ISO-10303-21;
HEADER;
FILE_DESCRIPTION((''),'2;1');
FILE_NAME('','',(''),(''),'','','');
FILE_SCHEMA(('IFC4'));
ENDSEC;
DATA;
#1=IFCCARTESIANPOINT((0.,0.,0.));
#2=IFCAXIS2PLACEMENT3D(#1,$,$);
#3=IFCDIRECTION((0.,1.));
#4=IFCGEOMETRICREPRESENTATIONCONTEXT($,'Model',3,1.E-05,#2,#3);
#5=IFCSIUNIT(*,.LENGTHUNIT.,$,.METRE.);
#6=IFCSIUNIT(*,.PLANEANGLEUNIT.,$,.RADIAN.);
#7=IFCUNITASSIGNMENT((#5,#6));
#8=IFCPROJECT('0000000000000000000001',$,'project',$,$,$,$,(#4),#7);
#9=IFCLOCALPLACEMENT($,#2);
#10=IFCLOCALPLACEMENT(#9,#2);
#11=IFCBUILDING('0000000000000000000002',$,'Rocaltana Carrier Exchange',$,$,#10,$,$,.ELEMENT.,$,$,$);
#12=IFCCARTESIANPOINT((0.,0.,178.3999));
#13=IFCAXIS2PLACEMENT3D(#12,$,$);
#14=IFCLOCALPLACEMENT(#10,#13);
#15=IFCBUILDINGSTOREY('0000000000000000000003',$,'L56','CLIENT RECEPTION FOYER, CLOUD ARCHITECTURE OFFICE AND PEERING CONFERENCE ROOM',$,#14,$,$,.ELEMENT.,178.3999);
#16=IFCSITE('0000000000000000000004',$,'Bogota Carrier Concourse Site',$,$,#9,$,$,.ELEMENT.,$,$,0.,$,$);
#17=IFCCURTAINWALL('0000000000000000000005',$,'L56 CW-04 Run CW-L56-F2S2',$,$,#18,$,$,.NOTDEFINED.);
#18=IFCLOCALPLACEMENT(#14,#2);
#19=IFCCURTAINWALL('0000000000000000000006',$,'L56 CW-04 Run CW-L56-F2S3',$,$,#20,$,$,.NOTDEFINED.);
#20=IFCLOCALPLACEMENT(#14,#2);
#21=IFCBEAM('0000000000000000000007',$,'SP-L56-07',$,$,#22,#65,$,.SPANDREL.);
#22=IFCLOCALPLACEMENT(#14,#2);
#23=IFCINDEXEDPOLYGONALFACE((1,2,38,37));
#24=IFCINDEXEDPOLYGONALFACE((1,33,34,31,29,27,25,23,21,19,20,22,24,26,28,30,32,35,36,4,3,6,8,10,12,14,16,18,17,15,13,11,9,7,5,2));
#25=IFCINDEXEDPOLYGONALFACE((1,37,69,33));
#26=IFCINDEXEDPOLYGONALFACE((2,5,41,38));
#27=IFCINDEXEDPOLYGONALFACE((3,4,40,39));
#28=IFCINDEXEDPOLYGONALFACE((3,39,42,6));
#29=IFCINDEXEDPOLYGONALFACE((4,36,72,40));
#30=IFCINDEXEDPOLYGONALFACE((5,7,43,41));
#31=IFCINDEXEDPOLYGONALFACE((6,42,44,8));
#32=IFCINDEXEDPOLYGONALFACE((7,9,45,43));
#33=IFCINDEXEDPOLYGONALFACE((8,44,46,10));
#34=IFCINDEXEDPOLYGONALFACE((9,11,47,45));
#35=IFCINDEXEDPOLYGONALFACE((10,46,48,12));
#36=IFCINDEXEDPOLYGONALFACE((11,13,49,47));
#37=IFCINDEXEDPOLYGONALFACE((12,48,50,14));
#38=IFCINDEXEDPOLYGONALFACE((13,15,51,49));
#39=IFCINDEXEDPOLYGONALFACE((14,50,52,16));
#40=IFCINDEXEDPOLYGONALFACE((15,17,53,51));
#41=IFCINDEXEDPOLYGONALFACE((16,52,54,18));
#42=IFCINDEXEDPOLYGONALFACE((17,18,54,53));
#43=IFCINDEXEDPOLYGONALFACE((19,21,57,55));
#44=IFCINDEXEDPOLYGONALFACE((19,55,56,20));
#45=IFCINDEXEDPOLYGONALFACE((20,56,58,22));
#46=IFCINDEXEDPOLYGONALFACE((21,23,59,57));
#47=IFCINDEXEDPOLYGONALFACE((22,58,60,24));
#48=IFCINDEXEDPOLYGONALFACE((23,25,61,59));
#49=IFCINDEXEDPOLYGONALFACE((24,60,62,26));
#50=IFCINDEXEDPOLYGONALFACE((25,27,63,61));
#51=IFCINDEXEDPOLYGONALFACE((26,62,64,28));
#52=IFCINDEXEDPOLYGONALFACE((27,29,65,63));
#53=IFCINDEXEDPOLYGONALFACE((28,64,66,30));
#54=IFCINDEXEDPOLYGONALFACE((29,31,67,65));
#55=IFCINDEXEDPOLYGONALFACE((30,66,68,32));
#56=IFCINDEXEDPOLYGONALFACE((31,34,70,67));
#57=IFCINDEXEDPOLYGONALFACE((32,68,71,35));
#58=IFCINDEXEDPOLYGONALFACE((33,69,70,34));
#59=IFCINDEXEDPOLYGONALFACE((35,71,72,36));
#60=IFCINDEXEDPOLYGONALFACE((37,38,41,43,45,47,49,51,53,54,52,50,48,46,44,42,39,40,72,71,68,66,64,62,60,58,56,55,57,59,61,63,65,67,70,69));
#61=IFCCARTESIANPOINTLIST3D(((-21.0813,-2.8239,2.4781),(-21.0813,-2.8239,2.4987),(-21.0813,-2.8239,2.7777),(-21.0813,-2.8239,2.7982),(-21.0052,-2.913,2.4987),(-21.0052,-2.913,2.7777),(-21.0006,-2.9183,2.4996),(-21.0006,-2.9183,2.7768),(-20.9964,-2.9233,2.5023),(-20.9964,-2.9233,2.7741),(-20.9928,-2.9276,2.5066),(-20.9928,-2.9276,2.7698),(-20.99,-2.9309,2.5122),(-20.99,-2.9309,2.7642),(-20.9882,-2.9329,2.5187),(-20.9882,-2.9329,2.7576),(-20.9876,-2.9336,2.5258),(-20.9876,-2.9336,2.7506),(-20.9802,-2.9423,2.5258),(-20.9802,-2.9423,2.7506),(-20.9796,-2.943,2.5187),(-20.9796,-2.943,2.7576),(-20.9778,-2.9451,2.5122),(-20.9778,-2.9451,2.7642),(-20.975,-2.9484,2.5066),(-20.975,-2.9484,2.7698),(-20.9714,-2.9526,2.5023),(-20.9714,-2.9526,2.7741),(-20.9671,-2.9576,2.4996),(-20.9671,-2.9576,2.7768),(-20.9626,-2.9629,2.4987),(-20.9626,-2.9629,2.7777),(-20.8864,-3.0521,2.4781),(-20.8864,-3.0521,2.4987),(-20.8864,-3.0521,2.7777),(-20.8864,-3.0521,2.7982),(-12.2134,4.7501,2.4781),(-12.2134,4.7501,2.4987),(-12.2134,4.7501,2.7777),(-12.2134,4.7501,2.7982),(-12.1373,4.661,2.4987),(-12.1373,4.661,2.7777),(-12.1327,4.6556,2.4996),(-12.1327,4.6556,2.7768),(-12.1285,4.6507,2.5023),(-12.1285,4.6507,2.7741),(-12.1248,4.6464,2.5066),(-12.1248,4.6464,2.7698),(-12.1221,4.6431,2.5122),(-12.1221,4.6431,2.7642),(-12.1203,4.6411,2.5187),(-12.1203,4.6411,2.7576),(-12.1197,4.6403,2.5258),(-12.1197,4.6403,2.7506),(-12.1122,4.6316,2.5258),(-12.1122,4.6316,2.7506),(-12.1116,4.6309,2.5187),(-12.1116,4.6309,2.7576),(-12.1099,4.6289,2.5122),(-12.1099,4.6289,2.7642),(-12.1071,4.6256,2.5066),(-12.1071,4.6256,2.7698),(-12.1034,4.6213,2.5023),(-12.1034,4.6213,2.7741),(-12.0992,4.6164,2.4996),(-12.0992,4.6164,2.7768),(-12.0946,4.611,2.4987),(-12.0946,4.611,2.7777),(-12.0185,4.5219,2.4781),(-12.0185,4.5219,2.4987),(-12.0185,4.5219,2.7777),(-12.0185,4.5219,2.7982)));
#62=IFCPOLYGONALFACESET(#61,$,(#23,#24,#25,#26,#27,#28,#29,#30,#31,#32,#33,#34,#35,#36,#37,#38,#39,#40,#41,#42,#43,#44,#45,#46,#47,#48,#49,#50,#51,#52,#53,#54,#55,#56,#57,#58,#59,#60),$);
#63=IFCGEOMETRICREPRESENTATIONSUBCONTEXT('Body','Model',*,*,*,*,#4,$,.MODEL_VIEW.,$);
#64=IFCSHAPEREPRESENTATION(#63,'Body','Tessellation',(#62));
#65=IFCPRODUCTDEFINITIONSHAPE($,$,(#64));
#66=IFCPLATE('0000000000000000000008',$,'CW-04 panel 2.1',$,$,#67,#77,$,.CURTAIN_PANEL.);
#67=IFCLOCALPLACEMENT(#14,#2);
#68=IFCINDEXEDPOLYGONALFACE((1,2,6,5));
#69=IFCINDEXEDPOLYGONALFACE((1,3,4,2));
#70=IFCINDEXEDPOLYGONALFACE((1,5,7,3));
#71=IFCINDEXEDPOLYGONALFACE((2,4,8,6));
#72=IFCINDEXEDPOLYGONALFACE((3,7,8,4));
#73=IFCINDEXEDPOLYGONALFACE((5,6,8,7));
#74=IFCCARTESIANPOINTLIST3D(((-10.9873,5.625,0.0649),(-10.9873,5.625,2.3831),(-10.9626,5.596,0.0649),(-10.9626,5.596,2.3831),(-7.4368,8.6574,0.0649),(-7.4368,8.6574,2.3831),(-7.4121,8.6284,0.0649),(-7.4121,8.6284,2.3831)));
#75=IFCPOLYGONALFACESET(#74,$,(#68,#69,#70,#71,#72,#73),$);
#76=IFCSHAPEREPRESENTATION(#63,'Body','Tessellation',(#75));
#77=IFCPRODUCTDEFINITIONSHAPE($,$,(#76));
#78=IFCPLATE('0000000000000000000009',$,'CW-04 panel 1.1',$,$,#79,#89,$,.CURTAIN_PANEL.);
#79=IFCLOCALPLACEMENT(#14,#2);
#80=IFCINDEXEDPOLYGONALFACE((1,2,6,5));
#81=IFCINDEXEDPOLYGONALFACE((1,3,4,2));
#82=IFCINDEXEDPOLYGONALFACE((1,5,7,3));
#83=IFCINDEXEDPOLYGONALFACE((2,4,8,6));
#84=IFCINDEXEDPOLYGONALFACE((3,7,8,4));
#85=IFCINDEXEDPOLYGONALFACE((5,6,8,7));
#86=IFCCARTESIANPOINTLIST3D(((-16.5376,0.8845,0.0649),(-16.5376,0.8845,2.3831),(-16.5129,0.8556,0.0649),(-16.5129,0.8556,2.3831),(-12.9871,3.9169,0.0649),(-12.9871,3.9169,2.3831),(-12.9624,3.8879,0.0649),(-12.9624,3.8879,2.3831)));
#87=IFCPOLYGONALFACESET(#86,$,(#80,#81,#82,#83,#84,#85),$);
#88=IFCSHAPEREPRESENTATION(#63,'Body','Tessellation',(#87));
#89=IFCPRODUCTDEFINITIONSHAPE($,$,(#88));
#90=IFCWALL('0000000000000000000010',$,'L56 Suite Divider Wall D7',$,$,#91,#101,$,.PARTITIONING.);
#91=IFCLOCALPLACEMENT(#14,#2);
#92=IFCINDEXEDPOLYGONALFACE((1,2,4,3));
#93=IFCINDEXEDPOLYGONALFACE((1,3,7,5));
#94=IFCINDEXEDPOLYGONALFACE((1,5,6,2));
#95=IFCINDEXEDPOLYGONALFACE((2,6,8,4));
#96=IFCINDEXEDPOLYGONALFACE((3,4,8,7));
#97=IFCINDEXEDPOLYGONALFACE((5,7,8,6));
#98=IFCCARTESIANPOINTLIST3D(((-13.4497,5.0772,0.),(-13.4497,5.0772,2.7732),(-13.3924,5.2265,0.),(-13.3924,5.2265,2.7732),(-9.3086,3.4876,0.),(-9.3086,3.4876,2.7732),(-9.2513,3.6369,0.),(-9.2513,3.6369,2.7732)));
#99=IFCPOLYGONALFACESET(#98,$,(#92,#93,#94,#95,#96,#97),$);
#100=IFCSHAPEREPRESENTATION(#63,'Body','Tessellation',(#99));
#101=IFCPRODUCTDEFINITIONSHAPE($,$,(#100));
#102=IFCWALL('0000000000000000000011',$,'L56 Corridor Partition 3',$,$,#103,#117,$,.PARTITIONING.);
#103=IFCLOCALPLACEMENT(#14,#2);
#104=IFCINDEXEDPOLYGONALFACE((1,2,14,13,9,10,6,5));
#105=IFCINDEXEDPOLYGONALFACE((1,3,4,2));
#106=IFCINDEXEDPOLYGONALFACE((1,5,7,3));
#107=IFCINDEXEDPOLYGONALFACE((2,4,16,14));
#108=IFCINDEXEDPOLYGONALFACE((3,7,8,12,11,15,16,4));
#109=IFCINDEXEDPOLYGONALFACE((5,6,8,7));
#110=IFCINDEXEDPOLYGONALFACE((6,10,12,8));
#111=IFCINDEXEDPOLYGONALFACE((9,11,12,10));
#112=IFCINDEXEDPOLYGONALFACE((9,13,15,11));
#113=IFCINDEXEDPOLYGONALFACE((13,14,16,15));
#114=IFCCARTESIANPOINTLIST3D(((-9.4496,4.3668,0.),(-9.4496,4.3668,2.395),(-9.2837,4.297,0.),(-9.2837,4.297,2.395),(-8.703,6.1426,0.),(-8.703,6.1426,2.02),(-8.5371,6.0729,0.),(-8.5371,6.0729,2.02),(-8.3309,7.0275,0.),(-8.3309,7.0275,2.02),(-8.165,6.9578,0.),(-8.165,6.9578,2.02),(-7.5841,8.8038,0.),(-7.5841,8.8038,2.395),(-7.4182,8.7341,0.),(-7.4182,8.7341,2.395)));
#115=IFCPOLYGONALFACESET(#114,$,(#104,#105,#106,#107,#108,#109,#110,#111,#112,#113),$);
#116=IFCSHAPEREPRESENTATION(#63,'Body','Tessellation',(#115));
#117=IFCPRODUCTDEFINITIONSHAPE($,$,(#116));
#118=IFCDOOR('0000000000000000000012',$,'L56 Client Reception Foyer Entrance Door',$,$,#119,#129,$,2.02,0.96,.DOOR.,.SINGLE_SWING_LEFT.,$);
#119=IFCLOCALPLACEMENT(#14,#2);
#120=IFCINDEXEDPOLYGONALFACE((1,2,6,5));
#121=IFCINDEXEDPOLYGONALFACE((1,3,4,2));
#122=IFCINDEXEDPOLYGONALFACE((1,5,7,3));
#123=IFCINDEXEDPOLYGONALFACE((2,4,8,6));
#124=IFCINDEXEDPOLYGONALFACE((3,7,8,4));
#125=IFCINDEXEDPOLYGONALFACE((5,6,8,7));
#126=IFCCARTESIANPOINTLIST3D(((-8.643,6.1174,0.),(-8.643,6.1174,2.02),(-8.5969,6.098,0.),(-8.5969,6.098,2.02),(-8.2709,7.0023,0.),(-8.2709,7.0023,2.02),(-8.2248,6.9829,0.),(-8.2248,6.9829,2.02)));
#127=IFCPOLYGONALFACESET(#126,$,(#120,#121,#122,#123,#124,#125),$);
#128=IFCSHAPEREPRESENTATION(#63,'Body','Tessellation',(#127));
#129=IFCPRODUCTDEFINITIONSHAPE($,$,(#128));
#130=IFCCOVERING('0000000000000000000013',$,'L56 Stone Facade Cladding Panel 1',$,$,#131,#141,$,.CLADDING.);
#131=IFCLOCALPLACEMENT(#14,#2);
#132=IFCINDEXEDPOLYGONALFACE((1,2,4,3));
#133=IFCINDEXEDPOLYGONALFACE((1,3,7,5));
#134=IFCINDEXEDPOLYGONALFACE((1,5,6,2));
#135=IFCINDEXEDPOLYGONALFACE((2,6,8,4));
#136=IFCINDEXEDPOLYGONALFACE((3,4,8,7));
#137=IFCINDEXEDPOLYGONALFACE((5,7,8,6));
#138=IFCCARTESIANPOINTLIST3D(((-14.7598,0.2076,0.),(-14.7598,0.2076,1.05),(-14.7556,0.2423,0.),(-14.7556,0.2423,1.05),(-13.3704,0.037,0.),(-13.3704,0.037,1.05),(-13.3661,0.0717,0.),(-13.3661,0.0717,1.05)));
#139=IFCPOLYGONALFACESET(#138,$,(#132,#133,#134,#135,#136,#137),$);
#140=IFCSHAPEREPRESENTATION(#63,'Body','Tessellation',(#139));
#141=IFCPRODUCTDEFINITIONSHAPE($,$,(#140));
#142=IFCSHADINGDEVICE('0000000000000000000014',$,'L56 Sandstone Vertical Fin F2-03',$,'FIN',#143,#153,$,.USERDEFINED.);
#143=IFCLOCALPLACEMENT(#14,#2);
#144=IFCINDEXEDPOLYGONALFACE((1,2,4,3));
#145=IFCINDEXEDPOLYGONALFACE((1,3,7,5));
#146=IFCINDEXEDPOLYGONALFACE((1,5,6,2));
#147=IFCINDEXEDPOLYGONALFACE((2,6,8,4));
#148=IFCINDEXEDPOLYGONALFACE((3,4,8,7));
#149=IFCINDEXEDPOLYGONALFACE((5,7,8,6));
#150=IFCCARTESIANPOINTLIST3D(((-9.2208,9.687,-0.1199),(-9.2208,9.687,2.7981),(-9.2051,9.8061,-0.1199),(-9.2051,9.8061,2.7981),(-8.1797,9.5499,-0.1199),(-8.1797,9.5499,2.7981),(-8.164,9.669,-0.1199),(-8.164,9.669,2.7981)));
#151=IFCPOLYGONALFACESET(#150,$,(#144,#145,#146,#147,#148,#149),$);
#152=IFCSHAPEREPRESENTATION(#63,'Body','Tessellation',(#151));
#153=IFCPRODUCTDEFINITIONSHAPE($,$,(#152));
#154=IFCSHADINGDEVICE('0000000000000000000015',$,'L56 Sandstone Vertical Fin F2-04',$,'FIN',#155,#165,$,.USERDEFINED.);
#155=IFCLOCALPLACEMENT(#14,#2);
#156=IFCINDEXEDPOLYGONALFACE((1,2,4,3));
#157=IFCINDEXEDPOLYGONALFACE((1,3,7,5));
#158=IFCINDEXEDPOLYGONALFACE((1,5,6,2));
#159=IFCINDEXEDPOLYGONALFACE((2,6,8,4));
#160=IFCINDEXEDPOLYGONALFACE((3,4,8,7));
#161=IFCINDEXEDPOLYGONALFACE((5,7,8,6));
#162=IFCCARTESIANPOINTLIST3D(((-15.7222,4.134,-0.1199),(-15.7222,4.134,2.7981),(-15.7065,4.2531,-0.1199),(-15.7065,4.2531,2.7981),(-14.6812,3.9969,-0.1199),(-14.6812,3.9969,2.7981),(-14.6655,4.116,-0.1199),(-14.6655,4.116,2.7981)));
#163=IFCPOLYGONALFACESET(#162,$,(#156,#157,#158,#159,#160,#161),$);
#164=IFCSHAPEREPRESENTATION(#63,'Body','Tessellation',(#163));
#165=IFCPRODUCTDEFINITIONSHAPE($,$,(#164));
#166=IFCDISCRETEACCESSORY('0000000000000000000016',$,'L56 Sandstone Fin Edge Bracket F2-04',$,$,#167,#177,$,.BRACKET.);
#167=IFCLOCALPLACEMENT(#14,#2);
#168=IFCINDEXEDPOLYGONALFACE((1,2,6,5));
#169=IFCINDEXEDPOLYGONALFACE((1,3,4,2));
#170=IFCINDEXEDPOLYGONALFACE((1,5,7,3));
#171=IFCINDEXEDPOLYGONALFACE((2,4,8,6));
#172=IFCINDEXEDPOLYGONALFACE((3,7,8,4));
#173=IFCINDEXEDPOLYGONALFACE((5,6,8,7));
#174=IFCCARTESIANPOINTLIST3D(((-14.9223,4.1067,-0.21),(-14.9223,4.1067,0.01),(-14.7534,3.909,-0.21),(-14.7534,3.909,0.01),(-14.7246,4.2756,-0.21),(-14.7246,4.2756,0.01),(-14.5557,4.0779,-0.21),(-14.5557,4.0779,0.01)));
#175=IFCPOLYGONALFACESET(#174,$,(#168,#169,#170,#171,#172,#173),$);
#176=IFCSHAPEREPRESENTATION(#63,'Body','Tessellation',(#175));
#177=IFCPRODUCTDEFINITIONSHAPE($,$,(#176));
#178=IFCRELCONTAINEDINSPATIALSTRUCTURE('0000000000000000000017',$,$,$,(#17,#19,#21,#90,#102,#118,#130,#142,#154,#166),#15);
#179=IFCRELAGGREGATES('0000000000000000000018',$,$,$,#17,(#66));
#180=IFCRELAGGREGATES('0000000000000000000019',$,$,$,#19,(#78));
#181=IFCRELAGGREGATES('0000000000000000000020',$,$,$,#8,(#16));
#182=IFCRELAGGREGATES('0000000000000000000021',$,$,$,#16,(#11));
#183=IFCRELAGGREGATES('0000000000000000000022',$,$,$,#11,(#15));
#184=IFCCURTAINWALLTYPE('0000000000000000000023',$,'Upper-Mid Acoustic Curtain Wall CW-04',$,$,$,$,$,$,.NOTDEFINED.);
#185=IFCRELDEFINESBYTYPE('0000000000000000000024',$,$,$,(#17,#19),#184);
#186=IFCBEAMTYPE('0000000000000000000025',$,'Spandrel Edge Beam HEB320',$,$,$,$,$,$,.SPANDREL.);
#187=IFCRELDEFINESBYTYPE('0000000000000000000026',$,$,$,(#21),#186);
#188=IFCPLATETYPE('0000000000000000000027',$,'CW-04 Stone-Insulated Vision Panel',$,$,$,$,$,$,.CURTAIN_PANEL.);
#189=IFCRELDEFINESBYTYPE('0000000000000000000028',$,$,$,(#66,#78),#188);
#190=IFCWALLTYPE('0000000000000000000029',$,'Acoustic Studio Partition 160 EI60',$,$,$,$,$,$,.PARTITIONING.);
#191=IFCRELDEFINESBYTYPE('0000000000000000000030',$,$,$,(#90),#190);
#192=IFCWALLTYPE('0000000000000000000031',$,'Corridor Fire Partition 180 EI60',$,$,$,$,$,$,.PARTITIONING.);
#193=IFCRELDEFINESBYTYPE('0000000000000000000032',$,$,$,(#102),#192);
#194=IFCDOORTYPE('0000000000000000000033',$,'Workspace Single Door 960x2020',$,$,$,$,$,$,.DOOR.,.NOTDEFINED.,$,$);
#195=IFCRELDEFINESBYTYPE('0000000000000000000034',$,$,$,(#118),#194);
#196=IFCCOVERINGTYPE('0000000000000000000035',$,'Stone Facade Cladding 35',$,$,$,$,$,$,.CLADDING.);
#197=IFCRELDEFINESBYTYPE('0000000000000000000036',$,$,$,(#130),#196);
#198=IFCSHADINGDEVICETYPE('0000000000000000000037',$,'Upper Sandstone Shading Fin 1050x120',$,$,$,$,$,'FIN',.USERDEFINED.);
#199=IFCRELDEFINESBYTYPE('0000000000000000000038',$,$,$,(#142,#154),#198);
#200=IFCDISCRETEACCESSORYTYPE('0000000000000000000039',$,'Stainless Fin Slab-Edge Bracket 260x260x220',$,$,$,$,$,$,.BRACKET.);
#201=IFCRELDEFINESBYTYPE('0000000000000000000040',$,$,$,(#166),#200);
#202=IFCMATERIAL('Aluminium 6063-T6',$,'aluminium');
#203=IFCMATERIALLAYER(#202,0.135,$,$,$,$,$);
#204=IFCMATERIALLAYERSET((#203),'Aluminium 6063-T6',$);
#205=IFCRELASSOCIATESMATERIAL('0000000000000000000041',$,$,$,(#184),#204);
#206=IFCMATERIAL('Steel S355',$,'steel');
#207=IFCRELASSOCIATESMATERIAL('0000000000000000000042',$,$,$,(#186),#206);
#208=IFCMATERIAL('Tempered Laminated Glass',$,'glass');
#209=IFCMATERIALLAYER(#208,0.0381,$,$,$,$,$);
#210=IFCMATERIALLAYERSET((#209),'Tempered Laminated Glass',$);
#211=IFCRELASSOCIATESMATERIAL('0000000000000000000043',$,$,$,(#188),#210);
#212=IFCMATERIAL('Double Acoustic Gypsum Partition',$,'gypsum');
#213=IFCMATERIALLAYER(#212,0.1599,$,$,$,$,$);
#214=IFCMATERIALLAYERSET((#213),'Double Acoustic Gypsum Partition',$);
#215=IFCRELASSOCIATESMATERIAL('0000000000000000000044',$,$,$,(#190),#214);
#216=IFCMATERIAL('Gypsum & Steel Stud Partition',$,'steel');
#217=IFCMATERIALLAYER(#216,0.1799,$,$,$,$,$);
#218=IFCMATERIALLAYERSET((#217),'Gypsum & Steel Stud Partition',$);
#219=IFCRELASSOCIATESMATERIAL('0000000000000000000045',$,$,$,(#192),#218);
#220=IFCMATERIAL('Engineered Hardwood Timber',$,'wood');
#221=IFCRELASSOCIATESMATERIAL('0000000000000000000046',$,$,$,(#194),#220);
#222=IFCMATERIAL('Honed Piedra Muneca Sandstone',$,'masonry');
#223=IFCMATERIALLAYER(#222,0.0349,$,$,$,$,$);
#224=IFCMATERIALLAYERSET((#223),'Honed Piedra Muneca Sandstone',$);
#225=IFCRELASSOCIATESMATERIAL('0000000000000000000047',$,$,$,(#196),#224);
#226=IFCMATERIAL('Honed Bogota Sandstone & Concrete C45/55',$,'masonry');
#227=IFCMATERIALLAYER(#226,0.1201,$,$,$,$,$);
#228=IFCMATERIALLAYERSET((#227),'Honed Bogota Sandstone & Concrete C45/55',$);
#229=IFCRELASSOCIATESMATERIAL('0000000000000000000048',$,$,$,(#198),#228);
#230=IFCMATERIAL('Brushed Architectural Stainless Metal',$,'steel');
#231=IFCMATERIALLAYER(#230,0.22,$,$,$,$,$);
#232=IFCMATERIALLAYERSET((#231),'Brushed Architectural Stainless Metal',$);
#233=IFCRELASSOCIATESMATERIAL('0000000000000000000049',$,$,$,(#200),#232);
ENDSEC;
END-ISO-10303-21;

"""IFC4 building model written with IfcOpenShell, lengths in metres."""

from ifc_helpers import new_model, si_unit, direction, frame, frame_2d, origin, origin_2d, place, context, subcontext, project, spatial, rectangle, i_section, extrude, material, layer, layer_set, material_profile, profile_set, type_object, element, fill, aggregate, save


model = new_model("IFC4")

# Units and contexts
model_context = context("Model", 3, precision=1e-05, world=origin(), true_north=direction((0.0, 1.0)))
body_context = subcontext(model_context, "Body", "Model", "MODEL_VIEW")
ifc_project = project(units=[si_unit("LENGTHUNIT", "METRE"), si_unit("PLANEANGLEUNIT", "RADIAN")], contexts=[model_context])

# Site, building, storey
site_placement = place(None, origin())
site = spatial("IfcSite", under=ifc_project, at=site_placement, Name="Bogota Carrier Concourse Site", CompositionType="ELEMENT", RefElevation=0.0)
building_placement = place(site_placement, origin())
building = spatial("IfcBuilding", under=site, at=building_placement, Name="Rocaltana Carrier Exchange", CompositionType="ELEMENT")
storey_placement = place(building_placement, frame((0.0, 0.0, 178.3999)))
storey = spatial("IfcBuildingStorey", under=building, at=storey_placement, Name="L56", Description="CLIENT RECEPTION FOYER, CLOUD ARCHITECTURE OFFICE AND PEERING CONFERENCE ROOM", CompositionType="ELEMENT", Elevation=178.3999)

# Curtain wall
ifc_material_1 = material(Name="Aluminium 6063-T6", Category="aluminium")
ifc_layer_1 = layer(ifc_material_1, 0.135)
ifc_layer_set_1 = layer_set([ifc_layer_1], Name="Aluminium 6063-T6")
curtain_wall_type = type_object("IfcCurtainWallType", Name="Upper-Mid Acoustic Curtain Wall CW-04", PredefinedType="NOTDEFINED", material=ifc_layer_set_1)
curtain_wall_1_placement = place(storey_placement, origin())
curtain_wall_1 = element("IfcCurtainWall", 1, at=curtain_wall_1_placement, inside=storey, type_object=curtain_wall_type, Name="L56 CW-04 Run CW-L56-F2S2", PredefinedType="NOTDEFINED")

# Curtain wall
curtain_wall_2_placement = place(storey_placement, origin())
curtain_wall_2 = element("IfcCurtainWall", 2, at=curtain_wall_2_placement, inside=storey, type_object=curtain_wall_type, Name="L56 CW-04 Run CW-L56-F2S3", PredefinedType="NOTDEFINED")

# Beam
ifc_material_2 = material(Name="Steel S355", Category="steel")
ifc_material_profile_1 = material_profile(ifc_material_2, i_section(OverallWidth=0.3, OverallDepth=0.3201, WebThickness=0.0115, FlangeThickness=0.0205, FilletRadius=0.0271, at=origin_2d()), Name="HEB320")
ifc_profile_set_1 = profile_set([ifc_material_profile_1], Name="Steel S355")
beam_type_1 = type_object("IfcBeamType", Name="Spandrel Edge Beam HEB320", PredefinedType="SPANDREL", material=ifc_profile_set_1)
beam_1_placement = place(storey_placement, frame((-12.116, 4.636, 2.6382), z_axis=(-0.760404, -0.649451, 0.0), x_axis=(0.649451, -0.760404, 0.0)))
element("IfcBeam", 3, at=beam_1_placement, inside=storey, type_object=beam_type_1, Name="SP-L56-07", PredefinedType="SPANDREL", context=body_context, shape_type="SweptSolid", body=[
    extrude(i_section(OverallWidth=0.3, OverallDepth=0.3201, WebThickness=0.0115, FlangeThickness=0.0205, FilletRadius=0.0271, at=origin_2d()), origin(), (0.0, 0.0, 1.0), 11.6621),
])

# Plates
ifc_material_3 = material(Name="Tempered Laminated Glass", Category="glass")
ifc_layer_2 = layer(ifc_material_3, 0.0381)
ifc_layer_set_2 = layer_set([ifc_layer_2], Name="Tempered Laminated Glass")
plate_type = type_object("IfcPlateType", Name="CW-04 Stone-Insulated Vision Panel", PredefinedType="CURTAIN_PANEL", material=ifc_layer_set_2)
plate_1_placement = place(storey_placement, frame((-9.1997, 7.1267, 0.0649), z_axis=(0.0, 0.0, 1.0), x_axis=(-0.760401, -0.649454, 0.0)))
plate_1 = element("IfcPlate", 4, at=plate_1_placement, type_object=plate_type, Name="CW-04 panel 2.1", PredefinedType="CURTAIN_PANEL", context=body_context, shape_type="SweptSolid", body=[
    extrude(rectangle(XDim=4.6692, YDim=0.0381, at=origin_2d()), origin(), (0.0, 0.0, 1.0), 2.3181),
])
aggregate(curtain_wall_1, [plate_1])
plate_2_placement = place(storey_placement, frame((-14.75, 2.3862, 0.0649), z_axis=(0.0, 0.0, 1.0), x_axis=(-0.760406, -0.649448, 0.0)))
plate_2 = element("IfcPlate", 5, at=plate_2_placement, type_object=plate_type, Name="CW-04 panel 1.1", PredefinedType="CURTAIN_PANEL", context=body_context, shape_type="SweptSolid", body=[
    extrude(rectangle(XDim=4.6692, YDim=0.0381, at=origin_2d()), origin(), (0.0, 0.0, 1.0), 2.3181),
])
aggregate(curtain_wall_2, [plate_2])

# Wall
ifc_material_4 = material(Name="Double Acoustic Gypsum Partition", Category="gypsum")
ifc_layer_3 = layer(ifc_material_4, 0.1599)
ifc_layer_set_3 = layer_set([ifc_layer_3], Name="Double Acoustic Gypsum Partition")
wall_type_1 = type_object("IfcWallType", Name="Acoustic Studio Partition 160 EI60", PredefinedType="PARTITIONING", material=ifc_layer_set_3)
wall_1_placement = place(storey_placement, frame((-9.28, 3.5623, 0.0), z_axis=(0.0, 0.0, 1.0), x_axis=(-0.933582, 0.358363, 0.0)))
element("IfcWall", 6, at=wall_1_placement, inside=storey, type_object=wall_type_1, Name="L56 Suite Divider Wall D7", PredefinedType="PARTITIONING", context=body_context, shape_type="SweptSolid", body=[
    extrude(rectangle(XDim=4.4358, YDim=0.1599, at=frame_2d((2.2178, 0.0))), origin(), (0.0, 0.0, 1.0), 2.7732),
])

# Wall, opening, door
ifc_material_5 = material(Name="Gypsum & Steel Stud Partition", Category="steel")
ifc_layer_4 = layer(ifc_material_5, 0.1799)
ifc_layer_set_4 = layer_set([ifc_layer_4], Name="Gypsum & Steel Stud Partition")
wall_type_2 = type_object("IfcWallType", Name="Corridor Fire Partition 180 EI60", PredefinedType="PARTITIONING", material=ifc_layer_set_4)
wall_2_placement = place(storey_placement, frame((-9.3667, 4.3318, 0.0), z_axis=(0.0, 0.0, 1.0), x_axis=(0.387574, 0.921839, 0.0)))
wall_2 = element("IfcWall", 7, at=wall_2_placement, inside=storey, type_object=wall_type_2, Name="L56 Corridor Partition 3", PredefinedType="PARTITIONING", context=body_context, shape_type="SweptSolid", body=[
    extrude(rectangle(XDim=4.8132, YDim=0.1799, at=frame_2d((2.4067, 0.0))), origin(), (0.0, 0.0, 1.0), 2.395),
])
opening_placement = place(wall_2_placement, frame((1.9265, 0.0, 0.0)))
opening = element("IfcOpeningElement", 8, at=opening_placement, cuts=wall_2, PredefinedType="OPENING", context=body_context, shape_type="SweptSolid", body=[
    extrude(rectangle(XDim=0.96, YDim=2.02, at=frame_2d((0.48, 1.01))), frame((0.0, 0.0999, 0.0), z_axis=(0.0, -1.0, 0.0), x_axis=(1.0, 0.0, 0.0)), (0.0, 0.0, 1.0), 0.2),
])
ifc_material_6 = material(Name="Engineered Hardwood Timber", Category="wood")
door_type = type_object("IfcDoorType", Name="Workspace Single Door 960x2020", OperationType="NOTDEFINED", PredefinedType="DOOR", material=ifc_material_6)
door_placement = place(opening_placement, origin())
door = element("IfcDoor", 9, at=door_placement, inside=storey, type_object=door_type, Name="L56 Client Reception Foyer Entrance Door", OperationType="SINGLE_SWING_LEFT", OverallHeight=2.02, OverallWidth=0.96, PredefinedType="DOOR", context=body_context, shape_type="SweptSolid", body=[
    extrude(rectangle(XDim=0.96, YDim=2.02, at=frame_2d((0.48, 1.01))), frame((0.0, 0.0249, 0.0), z_axis=(0.0, -1.0, 0.0), x_axis=(1.0, 0.0, 0.0)), (0.0, 0.0, 1.0), 0.05),
])
fill(opening, door)

# Covering
ifc_material_7 = material(Name="Honed Piedra Muneca Sandstone", Category="masonry")
ifc_layer_5 = layer(ifc_material_7, 0.0349)
ifc_layer_set_5 = layer_set([ifc_layer_5], Name="Honed Piedra Muneca Sandstone")
covering_type = type_object("IfcCoveringType", Name="Stone Facade Cladding 35", PredefinedType="CLADDING", material=ifc_layer_set_5)
covering_placement = place(storey_placement, frame((-14.063, 0.1396, 0.0), z_axis=(0.0, 0.0, 1.0), x_axis=(-0.992546, 0.121869, 0.0)))
element("IfcCovering", 10, at=covering_placement, inside=storey, type_object=covering_type, Name="L56 Stone Facade Cladding Panel 1", PredefinedType="CLADDING", context=body_context, shape_type="SweptSolid", body=[
    extrude(rectangle(XDim=1.3999, YDim=0.0349, at=origin_2d()), origin(), (0.0, 0.0, 1.0), 1.05),
])

# Shading devices
ifc_material_8 = material(Name="Honed Bogota Sandstone & Concrete C45/55", Category="masonry")
ifc_layer_6 = layer(ifc_material_8, 0.1201)
ifc_layer_set_6 = layer_set([ifc_layer_6], Name="Honed Bogota Sandstone & Concrete C45/55")
shading_device_type = type_object("IfcShadingDeviceType", Name="Upper Sandstone Shading Fin 1050x120", ElementType="FIN", PredefinedType="USERDEFINED", material=ifc_layer_set_6)
for number, where, z_axis, x_axis, name in (
    (11, (-8.6924, 9.678, -0.1199), (0.0, 0.0, 1.0), (-0.991445, 0.130526, 0.0), "L56 Sandstone Vertical Fin F2-03"),
    (12, (-15.1938, 4.125, -0.1199), (0.0, 0.0, 1.0), (-0.991445, 0.130526, 0.0), "L56 Sandstone Vertical Fin F2-04"),
):
    element("IfcShadingDevice", number, at=place(storey_placement, frame(where, z_axis=z_axis, x_axis=x_axis)), inside=storey, type_object=shading_device_type, Name=name, ObjectType="FIN", PredefinedType="USERDEFINED", context=body_context, shape_type="SweptSolid", body=[
        extrude(rectangle(XDim=1.05, YDim=0.1201, at=origin_2d()), origin(), (0.0, 0.0, 1.0), 2.918),
    ])

# Discrete accessory
ifc_material_9 = material(Name="Brushed Architectural Stainless Metal", Category="steel")
ifc_layer_7 = layer(ifc_material_9, 0.22)
ifc_layer_set_7 = layer_set([ifc_layer_7], Name="Brushed Architectural Stainless Metal")
discrete_accessory_type = type_object("IfcDiscreteAccessoryType", Name="Stainless Fin Slab-Edge Bracket 260x260x220", PredefinedType="BRACKET", material=ifc_layer_set_7)
discrete_accessory_placement = place(storey_placement, frame((-14.739, 4.0923, -0.21), z_axis=(0.0, 0.0, 1.0), x_axis=(-0.760406, -0.649448, 0.0)))
element("IfcDiscreteAccessory", 13, at=discrete_accessory_placement, inside=storey, type_object=discrete_accessory_type, Name="L56 Sandstone Fin Edge Bracket F2-04", PredefinedType="BRACKET", context=body_context, shape_type="SweptSolid", body=[
    extrude(rectangle(XDim=0.26, YDim=0.26, at=origin_2d()), origin(), (0.0, 0.0, 1.0), 0.22),
])

save(model, "model.ifc")
